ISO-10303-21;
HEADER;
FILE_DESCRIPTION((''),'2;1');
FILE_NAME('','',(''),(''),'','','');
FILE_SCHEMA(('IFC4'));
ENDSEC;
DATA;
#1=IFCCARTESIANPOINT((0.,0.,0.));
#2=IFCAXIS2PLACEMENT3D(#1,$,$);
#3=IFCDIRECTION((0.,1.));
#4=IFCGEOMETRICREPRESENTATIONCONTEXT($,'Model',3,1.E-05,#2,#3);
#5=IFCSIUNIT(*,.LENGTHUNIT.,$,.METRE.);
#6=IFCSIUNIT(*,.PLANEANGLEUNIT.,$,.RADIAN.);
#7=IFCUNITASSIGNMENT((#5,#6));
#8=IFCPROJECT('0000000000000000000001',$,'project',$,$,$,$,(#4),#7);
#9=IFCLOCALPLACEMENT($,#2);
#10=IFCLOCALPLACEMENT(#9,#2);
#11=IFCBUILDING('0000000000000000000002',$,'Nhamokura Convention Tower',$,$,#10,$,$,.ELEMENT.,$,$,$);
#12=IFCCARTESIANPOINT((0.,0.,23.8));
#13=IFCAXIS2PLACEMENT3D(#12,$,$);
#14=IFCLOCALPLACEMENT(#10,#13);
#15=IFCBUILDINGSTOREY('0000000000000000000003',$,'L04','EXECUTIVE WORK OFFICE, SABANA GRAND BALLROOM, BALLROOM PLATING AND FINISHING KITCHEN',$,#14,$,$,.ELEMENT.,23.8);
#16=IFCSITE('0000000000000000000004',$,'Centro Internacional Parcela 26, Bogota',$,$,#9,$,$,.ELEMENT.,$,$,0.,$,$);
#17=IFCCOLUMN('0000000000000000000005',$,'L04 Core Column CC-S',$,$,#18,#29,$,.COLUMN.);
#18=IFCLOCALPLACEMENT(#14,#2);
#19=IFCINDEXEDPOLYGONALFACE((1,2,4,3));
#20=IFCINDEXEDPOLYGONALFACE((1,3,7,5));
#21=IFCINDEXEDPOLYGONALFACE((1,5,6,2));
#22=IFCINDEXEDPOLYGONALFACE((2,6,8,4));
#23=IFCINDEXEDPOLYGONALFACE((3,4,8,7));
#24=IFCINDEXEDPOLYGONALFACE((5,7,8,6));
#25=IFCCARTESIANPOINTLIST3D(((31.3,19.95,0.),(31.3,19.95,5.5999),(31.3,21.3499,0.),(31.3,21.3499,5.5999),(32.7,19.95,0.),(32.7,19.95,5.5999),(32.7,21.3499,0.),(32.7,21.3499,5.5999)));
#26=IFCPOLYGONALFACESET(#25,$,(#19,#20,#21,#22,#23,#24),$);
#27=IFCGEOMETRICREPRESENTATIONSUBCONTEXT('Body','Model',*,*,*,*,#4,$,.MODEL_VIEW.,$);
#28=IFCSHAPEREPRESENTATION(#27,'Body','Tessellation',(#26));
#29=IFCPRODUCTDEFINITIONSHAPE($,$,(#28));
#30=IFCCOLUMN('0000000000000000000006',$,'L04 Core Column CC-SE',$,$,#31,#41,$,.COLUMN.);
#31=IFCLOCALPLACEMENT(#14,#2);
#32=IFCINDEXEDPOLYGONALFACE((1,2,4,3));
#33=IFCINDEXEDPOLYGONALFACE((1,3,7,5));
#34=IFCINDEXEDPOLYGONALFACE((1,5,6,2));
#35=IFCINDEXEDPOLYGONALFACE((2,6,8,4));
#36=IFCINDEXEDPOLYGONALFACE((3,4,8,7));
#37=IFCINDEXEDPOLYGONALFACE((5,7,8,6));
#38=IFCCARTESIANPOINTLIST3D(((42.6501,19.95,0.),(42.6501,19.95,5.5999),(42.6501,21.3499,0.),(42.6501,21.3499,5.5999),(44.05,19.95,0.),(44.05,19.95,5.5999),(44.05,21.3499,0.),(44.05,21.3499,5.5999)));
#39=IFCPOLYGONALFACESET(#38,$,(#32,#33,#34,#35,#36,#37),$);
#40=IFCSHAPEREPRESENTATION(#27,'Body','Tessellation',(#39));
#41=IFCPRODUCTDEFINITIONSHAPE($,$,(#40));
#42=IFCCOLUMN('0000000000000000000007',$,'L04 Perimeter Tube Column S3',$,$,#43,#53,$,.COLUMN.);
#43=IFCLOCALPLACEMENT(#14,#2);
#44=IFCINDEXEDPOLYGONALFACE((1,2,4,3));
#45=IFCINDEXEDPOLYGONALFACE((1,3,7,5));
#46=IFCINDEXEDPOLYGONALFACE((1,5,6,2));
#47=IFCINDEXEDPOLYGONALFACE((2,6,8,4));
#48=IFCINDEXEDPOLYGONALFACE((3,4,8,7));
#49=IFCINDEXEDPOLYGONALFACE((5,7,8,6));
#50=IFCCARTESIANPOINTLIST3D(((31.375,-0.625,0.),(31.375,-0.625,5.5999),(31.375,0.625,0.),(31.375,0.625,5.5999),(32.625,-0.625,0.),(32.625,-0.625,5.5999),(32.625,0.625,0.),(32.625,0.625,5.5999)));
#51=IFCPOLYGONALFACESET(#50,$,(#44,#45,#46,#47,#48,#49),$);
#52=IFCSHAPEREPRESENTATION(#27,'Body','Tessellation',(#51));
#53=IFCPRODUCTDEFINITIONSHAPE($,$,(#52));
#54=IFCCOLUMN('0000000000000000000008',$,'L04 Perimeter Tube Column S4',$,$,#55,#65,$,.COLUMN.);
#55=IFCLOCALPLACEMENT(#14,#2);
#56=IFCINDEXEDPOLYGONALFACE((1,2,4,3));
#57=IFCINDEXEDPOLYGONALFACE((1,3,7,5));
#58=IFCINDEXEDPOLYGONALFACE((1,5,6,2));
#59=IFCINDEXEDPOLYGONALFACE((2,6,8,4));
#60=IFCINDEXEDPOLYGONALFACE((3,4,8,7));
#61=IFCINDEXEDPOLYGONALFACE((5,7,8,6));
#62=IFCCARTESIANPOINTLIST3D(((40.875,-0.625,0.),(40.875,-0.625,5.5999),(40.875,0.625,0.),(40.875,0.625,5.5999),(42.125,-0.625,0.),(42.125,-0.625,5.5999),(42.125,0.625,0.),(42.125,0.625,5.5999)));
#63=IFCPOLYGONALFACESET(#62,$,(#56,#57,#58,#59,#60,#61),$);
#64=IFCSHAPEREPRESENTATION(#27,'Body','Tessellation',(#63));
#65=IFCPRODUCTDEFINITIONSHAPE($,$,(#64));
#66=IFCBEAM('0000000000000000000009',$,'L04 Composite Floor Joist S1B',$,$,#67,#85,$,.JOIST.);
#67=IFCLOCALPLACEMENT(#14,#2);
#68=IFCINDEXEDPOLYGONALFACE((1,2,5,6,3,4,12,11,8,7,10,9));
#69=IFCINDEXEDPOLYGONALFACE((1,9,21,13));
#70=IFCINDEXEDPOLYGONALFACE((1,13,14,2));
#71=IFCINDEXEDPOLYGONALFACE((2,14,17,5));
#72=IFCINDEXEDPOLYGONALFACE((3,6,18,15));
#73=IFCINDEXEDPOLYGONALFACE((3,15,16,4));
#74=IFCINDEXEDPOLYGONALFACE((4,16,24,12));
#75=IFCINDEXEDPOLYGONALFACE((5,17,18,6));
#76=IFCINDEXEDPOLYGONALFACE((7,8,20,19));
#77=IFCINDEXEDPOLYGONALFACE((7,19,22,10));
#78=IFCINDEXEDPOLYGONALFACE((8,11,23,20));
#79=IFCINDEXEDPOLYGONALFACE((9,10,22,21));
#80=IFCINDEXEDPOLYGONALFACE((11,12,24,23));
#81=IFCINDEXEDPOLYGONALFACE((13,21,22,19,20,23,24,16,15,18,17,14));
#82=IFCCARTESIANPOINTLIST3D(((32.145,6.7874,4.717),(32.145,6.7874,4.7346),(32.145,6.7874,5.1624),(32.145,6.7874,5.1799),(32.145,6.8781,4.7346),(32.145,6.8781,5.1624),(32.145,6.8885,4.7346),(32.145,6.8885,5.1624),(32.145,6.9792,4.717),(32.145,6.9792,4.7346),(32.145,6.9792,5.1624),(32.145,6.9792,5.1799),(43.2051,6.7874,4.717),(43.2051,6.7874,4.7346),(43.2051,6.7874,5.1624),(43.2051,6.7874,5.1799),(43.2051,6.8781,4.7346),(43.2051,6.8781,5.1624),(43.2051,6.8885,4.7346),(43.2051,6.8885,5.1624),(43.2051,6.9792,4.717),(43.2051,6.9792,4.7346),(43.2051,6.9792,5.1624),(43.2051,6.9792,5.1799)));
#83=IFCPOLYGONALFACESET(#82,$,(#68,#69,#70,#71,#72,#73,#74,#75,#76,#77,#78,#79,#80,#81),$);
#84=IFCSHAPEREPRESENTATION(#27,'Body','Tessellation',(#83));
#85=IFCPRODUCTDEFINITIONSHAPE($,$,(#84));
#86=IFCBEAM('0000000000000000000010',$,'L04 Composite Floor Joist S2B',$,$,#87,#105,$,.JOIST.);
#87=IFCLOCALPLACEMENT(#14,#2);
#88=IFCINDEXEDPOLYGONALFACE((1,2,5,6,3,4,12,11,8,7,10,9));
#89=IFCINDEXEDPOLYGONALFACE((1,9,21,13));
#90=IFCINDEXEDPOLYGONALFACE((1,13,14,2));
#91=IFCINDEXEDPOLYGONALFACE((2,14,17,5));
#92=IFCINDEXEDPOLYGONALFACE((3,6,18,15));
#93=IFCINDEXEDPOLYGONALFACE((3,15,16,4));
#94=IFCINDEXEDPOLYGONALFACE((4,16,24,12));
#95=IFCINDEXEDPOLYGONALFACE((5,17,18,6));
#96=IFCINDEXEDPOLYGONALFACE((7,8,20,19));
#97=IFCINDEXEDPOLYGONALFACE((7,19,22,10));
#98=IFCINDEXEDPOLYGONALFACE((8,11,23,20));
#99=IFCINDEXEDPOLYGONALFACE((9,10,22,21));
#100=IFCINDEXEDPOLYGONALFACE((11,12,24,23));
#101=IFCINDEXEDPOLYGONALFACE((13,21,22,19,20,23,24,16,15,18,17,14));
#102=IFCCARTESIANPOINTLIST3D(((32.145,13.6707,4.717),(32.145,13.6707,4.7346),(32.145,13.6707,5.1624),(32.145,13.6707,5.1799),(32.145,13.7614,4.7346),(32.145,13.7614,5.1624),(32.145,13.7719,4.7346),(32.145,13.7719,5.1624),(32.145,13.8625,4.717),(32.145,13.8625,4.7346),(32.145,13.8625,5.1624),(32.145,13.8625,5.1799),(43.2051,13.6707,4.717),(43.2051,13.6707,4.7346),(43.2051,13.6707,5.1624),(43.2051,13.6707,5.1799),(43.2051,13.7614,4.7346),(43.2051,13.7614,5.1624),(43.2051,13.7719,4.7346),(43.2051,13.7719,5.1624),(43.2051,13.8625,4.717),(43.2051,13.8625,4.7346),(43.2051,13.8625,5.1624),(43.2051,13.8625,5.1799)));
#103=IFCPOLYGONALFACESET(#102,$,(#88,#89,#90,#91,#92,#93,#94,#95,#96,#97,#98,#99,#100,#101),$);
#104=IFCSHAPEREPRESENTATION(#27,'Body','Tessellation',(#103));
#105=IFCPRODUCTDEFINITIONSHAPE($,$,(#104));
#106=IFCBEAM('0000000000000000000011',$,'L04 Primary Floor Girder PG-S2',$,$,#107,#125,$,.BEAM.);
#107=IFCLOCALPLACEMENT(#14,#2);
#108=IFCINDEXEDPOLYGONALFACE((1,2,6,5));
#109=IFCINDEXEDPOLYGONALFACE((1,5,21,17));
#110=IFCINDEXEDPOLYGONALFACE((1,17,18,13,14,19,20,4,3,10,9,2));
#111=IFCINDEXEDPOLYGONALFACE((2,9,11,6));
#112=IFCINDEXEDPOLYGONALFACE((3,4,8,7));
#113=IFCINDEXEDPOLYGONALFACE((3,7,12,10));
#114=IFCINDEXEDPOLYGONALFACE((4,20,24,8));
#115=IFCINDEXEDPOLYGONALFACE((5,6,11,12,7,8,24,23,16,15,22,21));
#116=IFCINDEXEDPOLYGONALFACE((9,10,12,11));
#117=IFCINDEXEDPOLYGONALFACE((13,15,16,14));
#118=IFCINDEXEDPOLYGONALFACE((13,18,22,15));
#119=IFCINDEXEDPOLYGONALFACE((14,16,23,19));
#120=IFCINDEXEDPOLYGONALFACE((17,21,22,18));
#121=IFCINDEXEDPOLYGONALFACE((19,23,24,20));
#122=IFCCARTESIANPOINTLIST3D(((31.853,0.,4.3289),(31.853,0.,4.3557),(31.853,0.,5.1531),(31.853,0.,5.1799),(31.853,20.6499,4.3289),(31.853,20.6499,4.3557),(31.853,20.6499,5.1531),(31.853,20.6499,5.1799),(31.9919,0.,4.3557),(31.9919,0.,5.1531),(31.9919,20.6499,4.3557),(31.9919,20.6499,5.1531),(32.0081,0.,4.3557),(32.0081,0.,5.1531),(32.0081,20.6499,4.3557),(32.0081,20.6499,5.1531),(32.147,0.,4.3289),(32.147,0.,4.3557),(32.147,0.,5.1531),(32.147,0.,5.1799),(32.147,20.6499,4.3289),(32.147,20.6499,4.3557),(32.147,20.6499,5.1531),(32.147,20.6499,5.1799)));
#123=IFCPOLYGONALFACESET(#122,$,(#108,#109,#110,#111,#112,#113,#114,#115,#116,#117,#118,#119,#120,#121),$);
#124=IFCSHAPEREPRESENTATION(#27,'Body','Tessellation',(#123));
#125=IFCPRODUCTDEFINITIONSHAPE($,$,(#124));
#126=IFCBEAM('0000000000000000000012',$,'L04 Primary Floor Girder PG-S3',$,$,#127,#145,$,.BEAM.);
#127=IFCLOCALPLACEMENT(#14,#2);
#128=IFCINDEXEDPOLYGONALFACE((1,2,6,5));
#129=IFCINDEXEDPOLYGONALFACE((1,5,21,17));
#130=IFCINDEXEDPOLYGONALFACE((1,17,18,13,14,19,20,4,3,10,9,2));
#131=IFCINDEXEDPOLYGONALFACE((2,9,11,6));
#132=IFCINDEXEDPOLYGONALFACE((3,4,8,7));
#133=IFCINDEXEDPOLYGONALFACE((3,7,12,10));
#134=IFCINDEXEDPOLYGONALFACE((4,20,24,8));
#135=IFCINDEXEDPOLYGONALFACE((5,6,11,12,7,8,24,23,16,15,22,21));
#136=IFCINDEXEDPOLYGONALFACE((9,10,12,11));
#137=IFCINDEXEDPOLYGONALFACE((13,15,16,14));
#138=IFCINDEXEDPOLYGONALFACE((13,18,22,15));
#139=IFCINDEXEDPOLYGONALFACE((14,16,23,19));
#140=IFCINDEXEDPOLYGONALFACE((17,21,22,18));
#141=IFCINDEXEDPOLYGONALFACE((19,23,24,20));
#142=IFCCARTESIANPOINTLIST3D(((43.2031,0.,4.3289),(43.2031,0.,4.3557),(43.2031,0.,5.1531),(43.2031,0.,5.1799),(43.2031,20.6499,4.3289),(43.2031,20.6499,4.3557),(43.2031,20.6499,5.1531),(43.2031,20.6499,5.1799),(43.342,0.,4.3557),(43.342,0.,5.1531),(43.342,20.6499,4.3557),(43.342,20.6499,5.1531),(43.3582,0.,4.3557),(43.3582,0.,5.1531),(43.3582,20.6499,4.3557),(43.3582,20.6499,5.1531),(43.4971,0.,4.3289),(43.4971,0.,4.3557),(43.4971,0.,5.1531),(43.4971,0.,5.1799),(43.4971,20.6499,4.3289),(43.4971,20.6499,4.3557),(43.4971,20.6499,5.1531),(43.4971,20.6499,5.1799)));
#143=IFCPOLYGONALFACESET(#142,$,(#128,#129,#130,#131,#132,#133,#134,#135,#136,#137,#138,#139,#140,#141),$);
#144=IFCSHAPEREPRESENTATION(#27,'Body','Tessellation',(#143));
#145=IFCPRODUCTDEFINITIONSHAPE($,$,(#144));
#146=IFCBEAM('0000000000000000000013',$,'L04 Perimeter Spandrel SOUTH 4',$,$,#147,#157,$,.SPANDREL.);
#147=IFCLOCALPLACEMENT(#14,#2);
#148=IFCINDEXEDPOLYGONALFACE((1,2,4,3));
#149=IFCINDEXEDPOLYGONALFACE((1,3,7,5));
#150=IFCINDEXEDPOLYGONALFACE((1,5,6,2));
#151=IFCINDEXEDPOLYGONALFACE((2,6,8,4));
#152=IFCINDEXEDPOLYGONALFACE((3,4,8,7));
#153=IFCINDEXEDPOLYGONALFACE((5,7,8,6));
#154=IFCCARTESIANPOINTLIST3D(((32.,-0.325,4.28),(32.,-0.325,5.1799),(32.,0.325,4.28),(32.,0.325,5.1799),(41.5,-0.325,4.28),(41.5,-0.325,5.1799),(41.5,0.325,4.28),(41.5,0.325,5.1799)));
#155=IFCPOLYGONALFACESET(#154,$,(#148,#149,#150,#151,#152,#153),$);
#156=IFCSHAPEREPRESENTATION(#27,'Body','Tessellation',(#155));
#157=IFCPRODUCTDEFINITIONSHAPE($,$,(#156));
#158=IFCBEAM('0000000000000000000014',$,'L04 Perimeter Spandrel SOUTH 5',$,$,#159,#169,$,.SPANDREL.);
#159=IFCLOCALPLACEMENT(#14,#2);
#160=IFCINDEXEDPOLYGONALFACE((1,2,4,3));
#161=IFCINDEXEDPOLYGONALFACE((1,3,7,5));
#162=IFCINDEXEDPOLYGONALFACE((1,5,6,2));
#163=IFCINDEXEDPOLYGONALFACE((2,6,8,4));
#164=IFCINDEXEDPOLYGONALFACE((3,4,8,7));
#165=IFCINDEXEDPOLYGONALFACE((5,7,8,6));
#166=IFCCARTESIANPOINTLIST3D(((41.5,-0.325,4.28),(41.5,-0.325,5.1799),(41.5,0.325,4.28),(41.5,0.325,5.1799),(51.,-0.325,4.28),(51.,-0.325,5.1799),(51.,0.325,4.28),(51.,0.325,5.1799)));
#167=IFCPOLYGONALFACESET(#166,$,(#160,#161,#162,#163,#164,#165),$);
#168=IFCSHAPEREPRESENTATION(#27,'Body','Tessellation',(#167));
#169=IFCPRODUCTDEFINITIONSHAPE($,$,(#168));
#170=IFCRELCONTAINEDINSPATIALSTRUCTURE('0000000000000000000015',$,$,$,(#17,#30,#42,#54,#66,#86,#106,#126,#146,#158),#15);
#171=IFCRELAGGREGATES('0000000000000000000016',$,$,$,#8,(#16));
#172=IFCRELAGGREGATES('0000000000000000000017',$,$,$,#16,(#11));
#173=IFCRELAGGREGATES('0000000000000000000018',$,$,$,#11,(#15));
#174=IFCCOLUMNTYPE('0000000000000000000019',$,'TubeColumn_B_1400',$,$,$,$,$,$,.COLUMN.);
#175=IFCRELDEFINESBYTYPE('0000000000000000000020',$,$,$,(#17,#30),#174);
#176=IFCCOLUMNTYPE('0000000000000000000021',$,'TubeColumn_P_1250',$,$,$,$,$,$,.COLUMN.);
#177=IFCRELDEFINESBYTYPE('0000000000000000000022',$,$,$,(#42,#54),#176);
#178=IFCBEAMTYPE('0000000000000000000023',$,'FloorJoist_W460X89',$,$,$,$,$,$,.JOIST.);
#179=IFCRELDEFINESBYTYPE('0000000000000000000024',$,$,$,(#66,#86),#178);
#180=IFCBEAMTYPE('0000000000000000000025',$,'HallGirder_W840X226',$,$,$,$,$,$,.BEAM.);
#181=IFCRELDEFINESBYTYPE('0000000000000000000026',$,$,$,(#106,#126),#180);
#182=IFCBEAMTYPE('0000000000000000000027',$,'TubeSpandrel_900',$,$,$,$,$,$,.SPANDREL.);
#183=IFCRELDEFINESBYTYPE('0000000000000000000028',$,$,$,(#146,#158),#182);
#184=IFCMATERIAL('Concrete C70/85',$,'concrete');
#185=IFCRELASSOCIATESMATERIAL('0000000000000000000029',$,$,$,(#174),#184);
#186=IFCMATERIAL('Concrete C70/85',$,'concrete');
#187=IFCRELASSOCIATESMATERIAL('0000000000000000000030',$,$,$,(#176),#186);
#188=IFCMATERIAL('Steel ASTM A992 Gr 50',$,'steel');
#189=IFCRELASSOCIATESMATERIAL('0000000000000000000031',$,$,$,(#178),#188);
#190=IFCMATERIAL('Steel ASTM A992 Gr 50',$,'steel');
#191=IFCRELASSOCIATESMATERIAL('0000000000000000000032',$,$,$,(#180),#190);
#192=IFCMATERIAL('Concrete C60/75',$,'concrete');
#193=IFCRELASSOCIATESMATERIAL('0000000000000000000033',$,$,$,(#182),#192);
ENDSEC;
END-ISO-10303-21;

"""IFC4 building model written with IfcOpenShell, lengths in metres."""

from ifc_helpers import new_model, si_unit, direction, frame, origin, origin_2d, place, context, subcontext, project, spatial, rectangle, i_section, extrude, material, material_profile, profile_set, type_object, element, save


model = new_model("IFC4")

# Units and contexts
model_context = context("Model", 3, precision=1e-05, world=origin(), true_north=direction((0.0, 1.0)))
body_context = subcontext(model_context, "Body", "Model", "MODEL_VIEW")
ifc_project = project(units=[si_unit("LENGTHUNIT", "METRE"), si_unit("PLANEANGLEUNIT", "RADIAN")], contexts=[model_context])

# Site, building, storey
site_placement = place(None, origin())
site = spatial("IfcSite", under=ifc_project, at=site_placement, Name="Centro Internacional Parcela 26, Bogota", CompositionType="ELEMENT", RefElevation=0.0)
building_placement = place(site_placement, origin())
building = spatial("IfcBuilding", under=site, at=building_placement, Name="Nhamokura Convention Tower", CompositionType="ELEMENT")
storey_placement = place(building_placement, frame((0.0, 0.0, 23.8)))
storey = spatial("IfcBuildingStorey", under=building, at=storey_placement, Name="L04", Description="EXECUTIVE WORK OFFICE, SABANA GRAND BALLROOM, BALLROOM PLATING AND FINISHING KITCHEN", CompositionType="ELEMENT", Elevation=23.8)

# Columns
ifc_material_1 = material(Name="Concrete C70/85", Category="concrete")
ifc_material_profile_1 = material_profile(ifc_material_1, rectangle(XDim=1.3999, YDim=1.3999, at=origin_2d()))
ifc_profile_set_1 = profile_set([ifc_material_profile_1], Name="Concrete C70/85")
column_type_1 = type_object("IfcColumnType", Name="TubeColumn_B_1400", PredefinedType="COLUMN", material=ifc_profile_set_1)
for number, where, z_axis, x_axis, name in (
    (1, (32.0, 20.6499, 0.0), (0.0, 0.0, 1.0), (1.0, 0.0, 0.0), "L04 Core Column CC-S"),
    (2, (43.3501, 20.6499, 0.0), (0.0, 0.0, 1.0), (1.0, 0.0, 0.0), "L04 Core Column CC-SE"),
):
    element("IfcColumn", number, at=place(storey_placement, frame(where, z_axis=z_axis, x_axis=x_axis)), inside=storey, type_object=column_type_1, Name=name, PredefinedType="COLUMN", context=body_context, shape_type="SweptSolid", body=[
        extrude(rectangle(XDim=1.3999, YDim=1.3999, at=origin_2d()), origin(), (0.0, 0.0, 1.0), 5.5999),
    ])
ifc_material_2 = material(Name="Concrete C70/85", Category="concrete")
ifc_material_profile_2 = material_profile(ifc_material_2, rectangle(XDim=1.25, YDim=1.25, at=origin_2d()))
ifc_profile_set_2 = profile_set([ifc_material_profile_2], Name="Concrete C70/85")
column_type_2 = type_object("IfcColumnType", Name="TubeColumn_P_1250", PredefinedType="COLUMN", material=ifc_profile_set_2)
for number, where, z_axis, x_axis, name in (
    (3, (32.0, 0.0, 0.0), (0.0, 0.0, 1.0), (1.0, 0.0, 0.0), "L04 Perimeter Tube Column S3"),
    (4, (41.5, 0.0, 0.0), (0.0, 0.0, 1.0), (1.0, 0.0, 0.0), "L04 Perimeter Tube Column S4"),
):
    element("IfcColumn", number, at=place(storey_placement, frame(where, z_axis=z_axis, x_axis=x_axis)), inside=storey, type_object=column_type_2, Name=name, PredefinedType="COLUMN", context=body_context, shape_type="SweptSolid", body=[
        extrude(rectangle(XDim=1.25, YDim=1.25, at=origin_2d()), origin(), (0.0, 0.0, 1.0), 5.5999),
    ])

# Beams
ifc_material_3 = material(Name="Steel ASTM A992 Gr 50", Category="steel")
ifc_material_profile_3 = material_profile(ifc_material_3, i_section(OverallWidth=0.1919, OverallDepth=0.4629, WebThickness=0.0105, FlangeThickness=0.0176, at=origin_2d()))
ifc_profile_set_3 = profile_set([ifc_material_profile_3], Name="Steel ASTM A992 Gr 50")
beam_type_1 = type_object("IfcBeamType", Name="FloorJoist_W460X89", PredefinedType="JOIST", material=ifc_profile_set_3)
for number, where, z_axis, x_axis, name in (
    (5, (32.145, 6.8833, 4.9485), (1.0, 0.0, 0.0), (0.0, 1.0, 0.0), "L04 Composite Floor Joist S1B"),
    (6, (32.145, 13.7666, 4.9485), (1.0, 0.0, 0.0), (0.0, 1.0, 0.0), "L04 Composite Floor Joist S2B"),
):
    element("IfcBeam", number, at=place(storey_placement, frame(where, z_axis=z_axis, x_axis=x_axis)), inside=storey, type_object=beam_type_1, Name=name, PredefinedType="JOIST", context=body_context, shape_type="SweptSolid", body=[
        extrude(i_section(OverallWidth=0.1919, OverallDepth=0.4629, WebThickness=0.0105, FlangeThickness=0.0176, at=origin_2d()), origin(), (0.0, 0.0, 1.0), 11.0601),
    ])
ifc_material_4 = material(Name="Steel ASTM A992 Gr 50", Category="steel")
ifc_material_profile_4 = material_profile(ifc_material_4, i_section(OverallWidth=0.2939, OverallDepth=0.8511, WebThickness=0.0161, FlangeThickness=0.0269, at=origin_2d()))
ifc_profile_set_4 = profile_set([ifc_material_profile_4], Name="Steel ASTM A992 Gr 50")
beam_type_2 = type_object("IfcBeamType", Name="HallGirder_W840X226", PredefinedType="BEAM", material=ifc_profile_set_4)
for number, where, z_axis, x_axis, name in (
    (7, (32.0, 0.0, 4.7544), (0.0, 1.0, 0.0), (-1.0, 0.0, 0.0), "L04 Primary Floor Girder PG-S2"),
    (8, (43.3501, 0.0, 4.7544), (0.0, 1.0, 0.0), (-1.0, 0.0, 0.0), "L04 Primary Floor Girder PG-S3"),
):
    element("IfcBeam", number, at=place(storey_placement, frame(where, z_axis=z_axis, x_axis=x_axis)), inside=storey, type_object=beam_type_2, Name=name, PredefinedType="BEAM", context=body_context, shape_type="SweptSolid", body=[
        extrude(i_section(OverallWidth=0.2939, OverallDepth=0.8511, WebThickness=0.0161, FlangeThickness=0.0269, at=origin_2d()), origin(), (0.0, 0.0, 1.0), 20.6499),
    ])
ifc_material_5 = material(Name="Concrete C60/75", Category="concrete")
ifc_material_profile_5 = material_profile(ifc_material_5, rectangle(XDim=0.6499, YDim=0.8999, at=origin_2d()))
ifc_profile_set_5 = profile_set([ifc_material_profile_5], Name="Concrete C60/75")
beam_type_3 = type_object("IfcBeamType", Name="TubeSpandrel_900", PredefinedType="SPANDREL", material=ifc_profile_set_5)
for number, where, z_axis, x_axis, name in (
    (9, (32.0, 0.0, 4.73), (1.0, 0.0, 0.0), (0.0, 1.0, 0.0), "L04 Perimeter Spandrel SOUTH 4"),
    (10, (41.5, 0.0, 4.73), (1.0, 0.0, 0.0), (0.0, 1.0, 0.0), "L04 Perimeter Spandrel SOUTH 5"),
):
    element("IfcBeam", number, at=place(storey_placement, frame(where, z_axis=z_axis, x_axis=x_axis)), inside=storey, type_object=beam_type_3, Name=name, PredefinedType="SPANDREL", context=body_context, shape_type="SweptSolid", body=[
        extrude(rectangle(XDim=0.6499, YDim=0.8999, at=origin_2d()), origin(), (0.0, 0.0, 1.0), 9.5),
    ])

save(model, "model.ifc")
